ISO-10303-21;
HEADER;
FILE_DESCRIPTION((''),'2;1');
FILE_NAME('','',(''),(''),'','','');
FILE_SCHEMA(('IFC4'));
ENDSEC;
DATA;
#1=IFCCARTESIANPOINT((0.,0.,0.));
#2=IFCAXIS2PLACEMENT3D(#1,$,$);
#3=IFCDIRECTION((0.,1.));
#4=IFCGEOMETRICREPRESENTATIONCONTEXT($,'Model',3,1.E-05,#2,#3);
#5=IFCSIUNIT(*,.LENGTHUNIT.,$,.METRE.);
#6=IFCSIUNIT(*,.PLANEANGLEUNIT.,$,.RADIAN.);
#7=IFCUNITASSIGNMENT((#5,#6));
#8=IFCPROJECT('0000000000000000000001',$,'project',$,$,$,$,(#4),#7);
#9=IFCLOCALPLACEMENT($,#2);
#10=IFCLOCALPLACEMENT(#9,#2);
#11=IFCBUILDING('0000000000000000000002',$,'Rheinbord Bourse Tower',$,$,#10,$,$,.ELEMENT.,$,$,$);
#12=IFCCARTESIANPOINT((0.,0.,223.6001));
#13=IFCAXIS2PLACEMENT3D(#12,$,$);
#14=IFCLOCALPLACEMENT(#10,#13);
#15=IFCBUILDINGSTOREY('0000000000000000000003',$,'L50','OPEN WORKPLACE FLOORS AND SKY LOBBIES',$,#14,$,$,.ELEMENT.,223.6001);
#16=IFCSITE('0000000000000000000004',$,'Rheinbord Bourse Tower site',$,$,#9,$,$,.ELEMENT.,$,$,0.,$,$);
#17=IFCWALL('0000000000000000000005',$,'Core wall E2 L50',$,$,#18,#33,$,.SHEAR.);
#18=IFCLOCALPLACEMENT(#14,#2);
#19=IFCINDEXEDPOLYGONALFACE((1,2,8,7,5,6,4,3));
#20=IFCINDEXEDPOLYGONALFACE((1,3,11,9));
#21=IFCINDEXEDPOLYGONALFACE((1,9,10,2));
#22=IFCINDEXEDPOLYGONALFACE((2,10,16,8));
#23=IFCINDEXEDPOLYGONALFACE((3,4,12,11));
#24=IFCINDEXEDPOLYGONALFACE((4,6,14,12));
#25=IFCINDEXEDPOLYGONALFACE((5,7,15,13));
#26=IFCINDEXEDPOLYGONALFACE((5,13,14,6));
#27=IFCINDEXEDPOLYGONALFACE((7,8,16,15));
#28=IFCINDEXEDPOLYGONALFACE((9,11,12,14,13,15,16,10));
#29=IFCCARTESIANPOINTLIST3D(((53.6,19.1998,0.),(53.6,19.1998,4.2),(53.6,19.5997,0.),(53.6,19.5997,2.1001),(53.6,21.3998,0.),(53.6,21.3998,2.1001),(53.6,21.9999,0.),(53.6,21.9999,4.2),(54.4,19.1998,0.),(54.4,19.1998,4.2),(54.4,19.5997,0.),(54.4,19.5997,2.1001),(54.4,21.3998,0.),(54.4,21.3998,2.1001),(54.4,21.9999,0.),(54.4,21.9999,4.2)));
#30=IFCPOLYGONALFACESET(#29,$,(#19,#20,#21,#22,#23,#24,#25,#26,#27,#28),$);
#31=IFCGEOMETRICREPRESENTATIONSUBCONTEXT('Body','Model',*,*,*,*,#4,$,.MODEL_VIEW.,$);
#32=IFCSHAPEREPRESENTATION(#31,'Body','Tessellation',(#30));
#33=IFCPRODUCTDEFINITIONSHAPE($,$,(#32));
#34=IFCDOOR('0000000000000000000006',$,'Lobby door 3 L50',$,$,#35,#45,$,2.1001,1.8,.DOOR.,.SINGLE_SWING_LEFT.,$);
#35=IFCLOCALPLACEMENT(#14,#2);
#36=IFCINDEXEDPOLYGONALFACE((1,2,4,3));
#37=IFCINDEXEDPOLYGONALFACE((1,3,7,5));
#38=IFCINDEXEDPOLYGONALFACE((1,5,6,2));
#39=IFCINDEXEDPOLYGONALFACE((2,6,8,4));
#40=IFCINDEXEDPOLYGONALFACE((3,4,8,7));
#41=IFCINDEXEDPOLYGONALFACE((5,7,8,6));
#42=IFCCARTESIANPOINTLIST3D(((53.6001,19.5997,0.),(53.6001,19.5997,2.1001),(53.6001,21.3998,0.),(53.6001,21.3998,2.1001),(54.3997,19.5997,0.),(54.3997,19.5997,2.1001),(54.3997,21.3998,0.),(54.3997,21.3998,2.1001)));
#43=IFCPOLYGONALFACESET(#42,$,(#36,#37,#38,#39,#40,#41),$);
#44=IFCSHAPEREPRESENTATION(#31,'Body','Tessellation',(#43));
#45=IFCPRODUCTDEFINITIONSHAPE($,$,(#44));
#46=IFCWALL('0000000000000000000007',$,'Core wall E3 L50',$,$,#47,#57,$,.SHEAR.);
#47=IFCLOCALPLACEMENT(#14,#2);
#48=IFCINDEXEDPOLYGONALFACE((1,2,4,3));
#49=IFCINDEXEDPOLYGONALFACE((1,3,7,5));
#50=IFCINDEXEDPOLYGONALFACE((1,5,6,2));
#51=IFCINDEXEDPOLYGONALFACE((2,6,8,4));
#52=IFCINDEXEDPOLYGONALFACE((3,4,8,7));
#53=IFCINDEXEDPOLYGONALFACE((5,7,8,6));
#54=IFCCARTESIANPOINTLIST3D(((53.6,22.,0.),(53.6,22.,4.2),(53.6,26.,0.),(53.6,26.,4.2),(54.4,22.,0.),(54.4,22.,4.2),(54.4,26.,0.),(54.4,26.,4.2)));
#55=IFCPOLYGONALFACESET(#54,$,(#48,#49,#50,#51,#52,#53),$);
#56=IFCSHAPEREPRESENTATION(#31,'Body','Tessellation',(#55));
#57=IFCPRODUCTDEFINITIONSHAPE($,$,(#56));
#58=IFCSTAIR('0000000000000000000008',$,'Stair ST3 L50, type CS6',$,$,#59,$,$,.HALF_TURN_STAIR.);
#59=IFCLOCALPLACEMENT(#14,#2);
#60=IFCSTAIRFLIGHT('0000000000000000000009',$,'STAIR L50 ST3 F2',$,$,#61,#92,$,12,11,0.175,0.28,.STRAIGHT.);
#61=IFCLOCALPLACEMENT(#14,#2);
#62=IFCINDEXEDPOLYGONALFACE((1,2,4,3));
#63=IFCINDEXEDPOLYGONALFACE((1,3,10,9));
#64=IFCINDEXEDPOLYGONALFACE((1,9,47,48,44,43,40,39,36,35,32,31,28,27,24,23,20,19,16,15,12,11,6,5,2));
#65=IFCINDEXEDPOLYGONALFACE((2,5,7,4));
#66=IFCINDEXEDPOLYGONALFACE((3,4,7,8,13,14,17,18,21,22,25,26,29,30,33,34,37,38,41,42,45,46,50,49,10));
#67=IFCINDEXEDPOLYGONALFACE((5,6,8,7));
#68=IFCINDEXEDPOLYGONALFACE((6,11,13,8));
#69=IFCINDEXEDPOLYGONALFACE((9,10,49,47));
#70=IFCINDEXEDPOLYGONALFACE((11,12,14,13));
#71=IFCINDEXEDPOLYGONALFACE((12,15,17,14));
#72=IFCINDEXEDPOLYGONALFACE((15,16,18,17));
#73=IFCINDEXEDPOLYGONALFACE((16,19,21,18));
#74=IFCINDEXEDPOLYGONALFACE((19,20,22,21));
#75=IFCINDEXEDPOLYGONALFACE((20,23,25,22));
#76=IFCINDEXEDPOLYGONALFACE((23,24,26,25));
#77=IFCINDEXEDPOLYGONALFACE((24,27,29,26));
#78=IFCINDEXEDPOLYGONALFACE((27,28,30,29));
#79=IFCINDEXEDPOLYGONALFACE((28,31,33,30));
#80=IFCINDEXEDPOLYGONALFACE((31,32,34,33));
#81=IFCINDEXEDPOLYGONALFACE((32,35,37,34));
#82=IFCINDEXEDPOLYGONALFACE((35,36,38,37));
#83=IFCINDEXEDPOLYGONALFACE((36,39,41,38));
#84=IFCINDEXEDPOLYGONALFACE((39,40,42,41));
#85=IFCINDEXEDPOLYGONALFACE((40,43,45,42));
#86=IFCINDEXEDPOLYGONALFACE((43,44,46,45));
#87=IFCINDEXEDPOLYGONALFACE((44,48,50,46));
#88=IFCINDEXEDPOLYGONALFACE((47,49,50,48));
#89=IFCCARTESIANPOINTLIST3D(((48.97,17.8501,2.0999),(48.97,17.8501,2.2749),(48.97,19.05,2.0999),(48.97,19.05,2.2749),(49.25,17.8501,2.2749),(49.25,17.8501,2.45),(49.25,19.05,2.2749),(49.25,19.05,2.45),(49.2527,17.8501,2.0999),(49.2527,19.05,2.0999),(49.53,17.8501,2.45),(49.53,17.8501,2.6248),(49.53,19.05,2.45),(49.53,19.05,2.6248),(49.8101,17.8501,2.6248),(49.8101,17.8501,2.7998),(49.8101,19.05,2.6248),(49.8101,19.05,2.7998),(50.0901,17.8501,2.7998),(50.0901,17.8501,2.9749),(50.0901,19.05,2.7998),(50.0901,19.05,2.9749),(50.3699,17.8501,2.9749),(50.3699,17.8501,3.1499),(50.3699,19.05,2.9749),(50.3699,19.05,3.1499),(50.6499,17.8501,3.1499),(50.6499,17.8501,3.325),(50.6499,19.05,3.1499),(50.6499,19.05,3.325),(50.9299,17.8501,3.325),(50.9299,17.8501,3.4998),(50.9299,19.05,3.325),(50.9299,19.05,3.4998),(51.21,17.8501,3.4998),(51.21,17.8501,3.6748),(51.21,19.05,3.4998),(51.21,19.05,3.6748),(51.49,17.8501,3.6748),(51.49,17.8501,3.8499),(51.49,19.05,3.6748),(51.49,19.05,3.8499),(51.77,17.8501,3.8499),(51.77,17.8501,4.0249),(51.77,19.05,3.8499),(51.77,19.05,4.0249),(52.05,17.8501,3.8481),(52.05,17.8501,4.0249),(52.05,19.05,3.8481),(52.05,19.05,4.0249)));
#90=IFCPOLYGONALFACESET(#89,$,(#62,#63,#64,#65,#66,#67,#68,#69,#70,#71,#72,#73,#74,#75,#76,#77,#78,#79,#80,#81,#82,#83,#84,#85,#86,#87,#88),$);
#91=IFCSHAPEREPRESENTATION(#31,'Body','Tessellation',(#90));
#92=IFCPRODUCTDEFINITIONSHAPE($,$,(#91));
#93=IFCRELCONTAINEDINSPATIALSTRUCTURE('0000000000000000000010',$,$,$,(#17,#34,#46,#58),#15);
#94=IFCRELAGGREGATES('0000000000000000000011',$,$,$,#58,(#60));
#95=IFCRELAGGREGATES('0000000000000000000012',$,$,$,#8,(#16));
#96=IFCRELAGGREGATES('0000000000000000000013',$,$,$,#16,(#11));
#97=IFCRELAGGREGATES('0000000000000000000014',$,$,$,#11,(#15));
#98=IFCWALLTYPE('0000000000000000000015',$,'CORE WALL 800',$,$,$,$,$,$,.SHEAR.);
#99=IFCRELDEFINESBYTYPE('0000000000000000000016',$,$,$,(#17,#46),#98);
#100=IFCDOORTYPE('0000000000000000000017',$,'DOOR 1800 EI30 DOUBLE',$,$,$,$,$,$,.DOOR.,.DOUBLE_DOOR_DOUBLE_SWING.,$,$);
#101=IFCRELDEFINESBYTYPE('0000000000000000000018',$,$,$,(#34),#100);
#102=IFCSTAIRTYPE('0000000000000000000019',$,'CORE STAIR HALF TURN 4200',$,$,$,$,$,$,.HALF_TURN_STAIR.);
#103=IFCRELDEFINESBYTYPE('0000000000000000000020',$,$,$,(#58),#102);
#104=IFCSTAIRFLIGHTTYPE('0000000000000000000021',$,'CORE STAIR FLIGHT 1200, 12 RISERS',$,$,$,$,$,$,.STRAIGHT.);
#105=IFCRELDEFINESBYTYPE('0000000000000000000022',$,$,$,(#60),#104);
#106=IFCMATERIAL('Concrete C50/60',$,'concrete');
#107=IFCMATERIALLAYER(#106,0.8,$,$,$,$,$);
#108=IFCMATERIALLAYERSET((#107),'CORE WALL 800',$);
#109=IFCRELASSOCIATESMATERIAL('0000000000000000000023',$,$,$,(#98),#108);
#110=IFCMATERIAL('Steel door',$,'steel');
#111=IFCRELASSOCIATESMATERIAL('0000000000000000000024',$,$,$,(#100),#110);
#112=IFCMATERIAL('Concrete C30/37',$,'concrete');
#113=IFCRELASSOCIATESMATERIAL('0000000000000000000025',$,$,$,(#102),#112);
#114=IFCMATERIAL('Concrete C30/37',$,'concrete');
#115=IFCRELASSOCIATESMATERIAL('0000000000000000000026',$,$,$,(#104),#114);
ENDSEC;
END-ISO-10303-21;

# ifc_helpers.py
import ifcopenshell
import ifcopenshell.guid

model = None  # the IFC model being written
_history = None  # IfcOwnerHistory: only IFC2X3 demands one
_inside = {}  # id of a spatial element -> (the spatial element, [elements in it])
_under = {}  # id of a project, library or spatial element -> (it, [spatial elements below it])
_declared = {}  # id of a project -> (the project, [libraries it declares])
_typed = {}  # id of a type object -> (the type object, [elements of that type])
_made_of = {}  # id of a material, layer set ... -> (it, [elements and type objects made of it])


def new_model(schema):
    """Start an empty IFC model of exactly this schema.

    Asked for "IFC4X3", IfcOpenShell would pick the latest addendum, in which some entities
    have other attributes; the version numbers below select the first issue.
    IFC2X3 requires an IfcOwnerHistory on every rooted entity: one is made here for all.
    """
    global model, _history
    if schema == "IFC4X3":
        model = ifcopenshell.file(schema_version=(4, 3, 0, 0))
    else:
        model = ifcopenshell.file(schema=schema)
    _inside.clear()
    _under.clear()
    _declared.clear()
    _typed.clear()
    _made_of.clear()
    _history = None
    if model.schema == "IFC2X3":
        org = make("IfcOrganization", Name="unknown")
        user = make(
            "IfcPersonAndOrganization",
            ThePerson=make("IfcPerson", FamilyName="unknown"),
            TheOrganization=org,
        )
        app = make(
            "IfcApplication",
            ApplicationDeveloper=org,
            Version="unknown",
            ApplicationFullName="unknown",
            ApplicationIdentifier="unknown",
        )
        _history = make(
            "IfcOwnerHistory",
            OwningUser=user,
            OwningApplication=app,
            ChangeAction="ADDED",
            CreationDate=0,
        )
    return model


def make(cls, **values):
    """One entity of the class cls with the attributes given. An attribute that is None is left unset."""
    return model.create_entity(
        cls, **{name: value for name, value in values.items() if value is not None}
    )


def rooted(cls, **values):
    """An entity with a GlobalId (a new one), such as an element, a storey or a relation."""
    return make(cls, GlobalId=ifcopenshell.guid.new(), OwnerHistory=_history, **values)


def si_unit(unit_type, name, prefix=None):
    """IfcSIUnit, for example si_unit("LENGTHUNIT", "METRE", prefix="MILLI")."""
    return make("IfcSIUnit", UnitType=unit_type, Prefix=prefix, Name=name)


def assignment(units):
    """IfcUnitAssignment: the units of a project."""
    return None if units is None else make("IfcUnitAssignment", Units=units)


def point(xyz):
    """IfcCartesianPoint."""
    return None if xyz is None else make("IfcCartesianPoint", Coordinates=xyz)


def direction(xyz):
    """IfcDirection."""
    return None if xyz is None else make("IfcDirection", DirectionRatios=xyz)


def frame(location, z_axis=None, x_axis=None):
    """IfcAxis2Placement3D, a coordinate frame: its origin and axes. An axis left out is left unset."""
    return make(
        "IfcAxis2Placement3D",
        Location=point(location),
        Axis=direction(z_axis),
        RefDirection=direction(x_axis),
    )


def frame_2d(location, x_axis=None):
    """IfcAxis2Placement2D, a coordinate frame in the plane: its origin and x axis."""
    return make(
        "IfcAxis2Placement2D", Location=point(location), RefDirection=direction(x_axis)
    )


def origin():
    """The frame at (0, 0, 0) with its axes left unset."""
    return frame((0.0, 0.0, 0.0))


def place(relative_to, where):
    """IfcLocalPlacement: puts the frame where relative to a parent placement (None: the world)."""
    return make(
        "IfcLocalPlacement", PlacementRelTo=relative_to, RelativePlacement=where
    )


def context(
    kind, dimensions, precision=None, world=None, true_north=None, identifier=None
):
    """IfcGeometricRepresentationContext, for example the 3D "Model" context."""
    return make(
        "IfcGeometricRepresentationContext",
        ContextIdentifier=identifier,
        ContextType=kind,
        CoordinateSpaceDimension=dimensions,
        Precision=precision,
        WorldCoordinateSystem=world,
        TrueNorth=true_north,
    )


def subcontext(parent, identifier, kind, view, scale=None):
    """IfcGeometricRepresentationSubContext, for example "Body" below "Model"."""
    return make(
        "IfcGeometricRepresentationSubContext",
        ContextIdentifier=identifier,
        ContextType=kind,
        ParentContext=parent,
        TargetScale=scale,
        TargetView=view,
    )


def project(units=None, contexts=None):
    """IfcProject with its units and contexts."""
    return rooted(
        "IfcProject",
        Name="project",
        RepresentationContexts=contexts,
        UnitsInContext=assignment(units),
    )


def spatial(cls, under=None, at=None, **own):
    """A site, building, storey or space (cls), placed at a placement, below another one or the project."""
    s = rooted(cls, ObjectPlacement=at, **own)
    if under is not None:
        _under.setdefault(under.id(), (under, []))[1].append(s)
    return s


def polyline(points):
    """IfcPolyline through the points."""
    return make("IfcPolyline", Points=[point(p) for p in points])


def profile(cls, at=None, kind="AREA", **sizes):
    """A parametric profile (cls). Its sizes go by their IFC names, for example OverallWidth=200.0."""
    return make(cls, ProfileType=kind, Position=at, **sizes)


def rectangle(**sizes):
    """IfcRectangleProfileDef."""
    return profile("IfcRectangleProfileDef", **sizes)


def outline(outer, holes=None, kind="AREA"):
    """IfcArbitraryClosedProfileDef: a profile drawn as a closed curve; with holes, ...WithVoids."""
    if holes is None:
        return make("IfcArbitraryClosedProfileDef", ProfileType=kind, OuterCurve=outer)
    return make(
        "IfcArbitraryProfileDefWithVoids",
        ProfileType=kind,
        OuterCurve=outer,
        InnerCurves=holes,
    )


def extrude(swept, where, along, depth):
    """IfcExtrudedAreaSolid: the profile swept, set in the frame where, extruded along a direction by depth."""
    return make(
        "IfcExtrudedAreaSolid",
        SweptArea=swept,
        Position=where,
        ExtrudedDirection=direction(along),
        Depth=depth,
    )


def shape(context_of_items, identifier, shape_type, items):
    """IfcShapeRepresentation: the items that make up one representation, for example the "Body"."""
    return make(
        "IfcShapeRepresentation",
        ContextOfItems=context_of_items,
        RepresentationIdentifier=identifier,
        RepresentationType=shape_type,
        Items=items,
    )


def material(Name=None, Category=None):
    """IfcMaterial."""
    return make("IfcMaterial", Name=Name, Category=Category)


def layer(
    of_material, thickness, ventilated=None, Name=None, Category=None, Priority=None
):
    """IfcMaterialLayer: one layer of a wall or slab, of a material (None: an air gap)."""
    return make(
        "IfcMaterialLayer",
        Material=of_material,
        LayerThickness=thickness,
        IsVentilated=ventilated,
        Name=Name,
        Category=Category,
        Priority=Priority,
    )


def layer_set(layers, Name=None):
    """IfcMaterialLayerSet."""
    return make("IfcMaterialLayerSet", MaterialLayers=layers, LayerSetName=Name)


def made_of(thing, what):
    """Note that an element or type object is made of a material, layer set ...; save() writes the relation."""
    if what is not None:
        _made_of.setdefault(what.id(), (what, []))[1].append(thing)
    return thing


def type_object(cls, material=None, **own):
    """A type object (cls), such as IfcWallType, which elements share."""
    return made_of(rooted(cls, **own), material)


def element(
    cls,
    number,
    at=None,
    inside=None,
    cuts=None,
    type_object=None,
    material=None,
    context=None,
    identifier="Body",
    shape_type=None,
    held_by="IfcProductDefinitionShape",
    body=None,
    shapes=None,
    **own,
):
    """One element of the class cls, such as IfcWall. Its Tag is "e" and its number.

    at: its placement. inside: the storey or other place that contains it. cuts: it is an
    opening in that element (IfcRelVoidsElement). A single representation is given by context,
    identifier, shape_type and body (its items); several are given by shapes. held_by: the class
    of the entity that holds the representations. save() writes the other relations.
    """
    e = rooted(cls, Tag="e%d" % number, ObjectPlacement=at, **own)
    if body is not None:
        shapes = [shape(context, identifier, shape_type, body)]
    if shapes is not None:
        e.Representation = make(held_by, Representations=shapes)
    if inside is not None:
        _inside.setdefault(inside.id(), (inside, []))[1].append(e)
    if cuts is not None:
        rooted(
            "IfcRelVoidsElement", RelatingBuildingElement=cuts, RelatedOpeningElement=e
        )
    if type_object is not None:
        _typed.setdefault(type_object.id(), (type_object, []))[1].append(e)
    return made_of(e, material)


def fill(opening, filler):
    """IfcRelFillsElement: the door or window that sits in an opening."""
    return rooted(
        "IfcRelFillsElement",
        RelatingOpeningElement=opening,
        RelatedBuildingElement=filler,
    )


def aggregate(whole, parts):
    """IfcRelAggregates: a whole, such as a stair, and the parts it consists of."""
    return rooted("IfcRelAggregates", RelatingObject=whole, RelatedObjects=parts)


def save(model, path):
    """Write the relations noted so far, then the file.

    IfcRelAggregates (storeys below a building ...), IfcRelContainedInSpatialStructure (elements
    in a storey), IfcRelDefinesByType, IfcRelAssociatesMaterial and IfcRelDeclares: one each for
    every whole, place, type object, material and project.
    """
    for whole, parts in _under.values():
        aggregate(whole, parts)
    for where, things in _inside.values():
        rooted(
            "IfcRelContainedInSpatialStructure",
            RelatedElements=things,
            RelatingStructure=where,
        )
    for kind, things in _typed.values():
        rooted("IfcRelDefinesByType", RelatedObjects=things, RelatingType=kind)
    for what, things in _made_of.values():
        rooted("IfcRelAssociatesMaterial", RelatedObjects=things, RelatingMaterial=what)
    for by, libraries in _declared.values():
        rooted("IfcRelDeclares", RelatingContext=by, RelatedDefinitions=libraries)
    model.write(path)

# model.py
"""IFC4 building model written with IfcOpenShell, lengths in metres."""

from ifc_helpers import new_model, si_unit, direction, frame, frame_2d, origin, place, context, subcontext, project, spatial, polyline, rectangle, outline, extrude, material, layer, layer_set, type_object, element, fill, aggregate, save


model = new_model("IFC4")

# Units and contexts
model_context = context("Model", 3, precision=1e-05, world=origin(), true_north=direction((0.0, 1.0)))
body_context = subcontext(model_context, "Body", "Model", "MODEL_VIEW")
ifc_project = project(units=[si_unit("LENGTHUNIT", "METRE"), si_unit("PLANEANGLEUNIT", "RADIAN")], contexts=[model_context])

# Site, building, storey
site_placement = place(None, origin())
site = spatial("IfcSite", under=ifc_project, at=site_placement, Name="Rheinbord Bourse Tower site", CompositionType="ELEMENT", RefElevation=0.0)
building_placement = place(site_placement, origin())
building = spatial("IfcBuilding", under=site, at=building_placement, Name="Rheinbord Bourse Tower", CompositionType="ELEMENT")
storey_placement = place(building_placement, frame((0.0, 0.0, 223.6001)))
storey = spatial("IfcBuildingStorey", under=building, at=storey_placement, Name="L50", Description="OPEN WORKPLACE FLOORS AND SKY LOBBIES", CompositionType="ELEMENT", Elevation=223.6001)

# Wall, opening, door
ifc_material_1 = material(Name="Concrete C50/60", Category="concrete")
ifc_layer_1 = layer(ifc_material_1, 0.8)
ifc_layer_set_1 = layer_set([ifc_layer_1], Name="CORE WALL 800")
wall_type_1 = type_object("IfcWallType", Name="CORE WALL 800", PredefinedType="SHEAR", material=ifc_layer_set_1)
wall_1_placement = place(storey_placement, frame((54.0, 19.2, 0.0), z_axis=(0.0, 0.0, 1.0), x_axis=(0.0, 1.0, 0.0)))
wall_1 = element("IfcWall", 1, at=wall_1_placement, inside=storey, type_object=wall_type_1, Name="Core wall E2 L50", PredefinedType="SHEAR", context=body_context, shape_type="SweptSolid", body=[
    extrude(rectangle(XDim=2.8, YDim=0.8, at=frame_2d((1.3999, 0.0))), origin(), (0.0, 0.0, 1.0), 4.2),
])
opening_1_placement = place(wall_1_placement, frame((0.3999, 0.0, 0.0)))
opening_1 = element("IfcOpeningElement", 2, at=opening_1_placement, cuts=wall_1, PredefinedType="OPENING", context=body_context, shape_type="SweptSolid", body=[
    extrude(rectangle(XDim=1.8, YDim=2.1001, at=frame_2d((0.8999, 1.05))), frame((0.0, 0.4099, 0.0), z_axis=(0.0, -1.0, 0.0), x_axis=(1.0, 0.0, 0.0)), (0.0, 0.0, 1.0), 0.8201),
])
ifc_material_2 = material(Name="Steel door", Category="steel")
door_type_1 = type_object("IfcDoorType", Name="DOOR 1800 EI30 DOUBLE", OperationType="DOUBLE_DOOR_DOUBLE_SWING", PredefinedType="DOOR", material=ifc_material_2)
door_1_placement = place(opening_1_placement, origin())
door_1 = element("IfcDoor", 3, at=door_1_placement, inside=storey, type_object=door_type_1, Name="Lobby door 3 L50", OperationType="SINGLE_SWING_LEFT", OverallHeight=2.1001, OverallWidth=1.8, PredefinedType="DOOR", context=body_context, shape_type="SweptSolid", body=[
    extrude(rectangle(XDim=1.8, YDim=2.1001, at=frame_2d((0.8999, 1.05))), frame((0.0, 0.3999, 0.0), z_axis=(0.0, -1.0, 0.0), x_axis=(1.0, 0.0, 0.0)), (0.0, 0.0, 1.0), 0.7996),
])
fill(opening_1, door_1)

# Wall
wall_2_placement = place(storey_placement, frame((54.0, 22.0, 0.0), z_axis=(0.0, 0.0, 1.0), x_axis=(0.0, 1.0, 0.0)))
element("IfcWall", 4, at=wall_2_placement, inside=storey, type_object=wall_type_1, Name="Core wall E3 L50", PredefinedType="SHEAR", context=body_context, shape_type="SweptSolid", body=[
    extrude(rectangle(XDim=4.0, YDim=0.8, at=frame_2d((2.0, 0.0))), origin(), (0.0, 0.0, 1.0), 4.2),
])

# Stair, stair flight
ifc_material_3 = material(Name="Concrete C30/37", Category="concrete")
stair_type = type_object("IfcStairType", Name="CORE STAIR HALF TURN 4200", PredefinedType="HALF_TURN_STAIR", material=ifc_material_3)
stair_placement = place(storey_placement, origin())
stair = element("IfcStair", 5, at=stair_placement, inside=storey, type_object=stair_type, Name="Stair ST3 L50, type CS6", PredefinedType="HALF_TURN_STAIR")
ifc_material_4 = material(Name="Concrete C30/37", Category="concrete")
stair_flight_type = type_object("IfcStairFlightType", Name="CORE STAIR FLIGHT 1200, 12 RISERS", PredefinedType="STRAIGHT", material=ifc_material_4)
stair_flight_placement = place(storey_placement, frame((48.97, 18.45, 2.0999), z_axis=(0.0, 0.0, 1.0), x_axis=(1.0, 0.0, 0.0)))
stair_flight = element("IfcStairFlight", 6, at=stair_flight_placement, type_object=stair_flight_type, Name="STAIR L50 ST3 F2", NumberOfRisers=12, NumberOfTreads=11, PredefinedType="STRAIGHT", RiserHeight=0.175, TreadLength=0.28, context=body_context, shape_type="SweptSolid", body=[
    extrude(outline(polyline([(0.0, 0.0), (0.0, 0.175), (0.28, 0.175), (0.28, 0.3501), (0.5601, 0.3501), (0.5601, 0.5249), (0.8401, 0.5249), (0.8401, 0.7), (1.1201, 0.7), (1.1201, 0.875), (1.3999, 0.875), (1.3999, 1.05), (1.6799, 1.05), (1.6799, 1.2251), (1.96, 1.2251), (1.96, 1.3999), (2.24, 1.3999), (2.24, 1.575), (2.52, 1.575), (2.52, 1.75), (2.8, 1.75), (2.8, 1.925), (3.0801, 1.925), (3.0801, 2.1001), (3.0801, 1.7483), (0.2827, 0.0), (0.0, 0.0)])), frame((0.0, 0.6001, 0.0), z_axis=(0.0, -1.0, 0.0), x_axis=(1.0, 0.0, 0.0)), (0.0, 0.0, 1.0), 1.2),
])
aggregate(stair, [stair_flight])

save(model, "model.ifc")
